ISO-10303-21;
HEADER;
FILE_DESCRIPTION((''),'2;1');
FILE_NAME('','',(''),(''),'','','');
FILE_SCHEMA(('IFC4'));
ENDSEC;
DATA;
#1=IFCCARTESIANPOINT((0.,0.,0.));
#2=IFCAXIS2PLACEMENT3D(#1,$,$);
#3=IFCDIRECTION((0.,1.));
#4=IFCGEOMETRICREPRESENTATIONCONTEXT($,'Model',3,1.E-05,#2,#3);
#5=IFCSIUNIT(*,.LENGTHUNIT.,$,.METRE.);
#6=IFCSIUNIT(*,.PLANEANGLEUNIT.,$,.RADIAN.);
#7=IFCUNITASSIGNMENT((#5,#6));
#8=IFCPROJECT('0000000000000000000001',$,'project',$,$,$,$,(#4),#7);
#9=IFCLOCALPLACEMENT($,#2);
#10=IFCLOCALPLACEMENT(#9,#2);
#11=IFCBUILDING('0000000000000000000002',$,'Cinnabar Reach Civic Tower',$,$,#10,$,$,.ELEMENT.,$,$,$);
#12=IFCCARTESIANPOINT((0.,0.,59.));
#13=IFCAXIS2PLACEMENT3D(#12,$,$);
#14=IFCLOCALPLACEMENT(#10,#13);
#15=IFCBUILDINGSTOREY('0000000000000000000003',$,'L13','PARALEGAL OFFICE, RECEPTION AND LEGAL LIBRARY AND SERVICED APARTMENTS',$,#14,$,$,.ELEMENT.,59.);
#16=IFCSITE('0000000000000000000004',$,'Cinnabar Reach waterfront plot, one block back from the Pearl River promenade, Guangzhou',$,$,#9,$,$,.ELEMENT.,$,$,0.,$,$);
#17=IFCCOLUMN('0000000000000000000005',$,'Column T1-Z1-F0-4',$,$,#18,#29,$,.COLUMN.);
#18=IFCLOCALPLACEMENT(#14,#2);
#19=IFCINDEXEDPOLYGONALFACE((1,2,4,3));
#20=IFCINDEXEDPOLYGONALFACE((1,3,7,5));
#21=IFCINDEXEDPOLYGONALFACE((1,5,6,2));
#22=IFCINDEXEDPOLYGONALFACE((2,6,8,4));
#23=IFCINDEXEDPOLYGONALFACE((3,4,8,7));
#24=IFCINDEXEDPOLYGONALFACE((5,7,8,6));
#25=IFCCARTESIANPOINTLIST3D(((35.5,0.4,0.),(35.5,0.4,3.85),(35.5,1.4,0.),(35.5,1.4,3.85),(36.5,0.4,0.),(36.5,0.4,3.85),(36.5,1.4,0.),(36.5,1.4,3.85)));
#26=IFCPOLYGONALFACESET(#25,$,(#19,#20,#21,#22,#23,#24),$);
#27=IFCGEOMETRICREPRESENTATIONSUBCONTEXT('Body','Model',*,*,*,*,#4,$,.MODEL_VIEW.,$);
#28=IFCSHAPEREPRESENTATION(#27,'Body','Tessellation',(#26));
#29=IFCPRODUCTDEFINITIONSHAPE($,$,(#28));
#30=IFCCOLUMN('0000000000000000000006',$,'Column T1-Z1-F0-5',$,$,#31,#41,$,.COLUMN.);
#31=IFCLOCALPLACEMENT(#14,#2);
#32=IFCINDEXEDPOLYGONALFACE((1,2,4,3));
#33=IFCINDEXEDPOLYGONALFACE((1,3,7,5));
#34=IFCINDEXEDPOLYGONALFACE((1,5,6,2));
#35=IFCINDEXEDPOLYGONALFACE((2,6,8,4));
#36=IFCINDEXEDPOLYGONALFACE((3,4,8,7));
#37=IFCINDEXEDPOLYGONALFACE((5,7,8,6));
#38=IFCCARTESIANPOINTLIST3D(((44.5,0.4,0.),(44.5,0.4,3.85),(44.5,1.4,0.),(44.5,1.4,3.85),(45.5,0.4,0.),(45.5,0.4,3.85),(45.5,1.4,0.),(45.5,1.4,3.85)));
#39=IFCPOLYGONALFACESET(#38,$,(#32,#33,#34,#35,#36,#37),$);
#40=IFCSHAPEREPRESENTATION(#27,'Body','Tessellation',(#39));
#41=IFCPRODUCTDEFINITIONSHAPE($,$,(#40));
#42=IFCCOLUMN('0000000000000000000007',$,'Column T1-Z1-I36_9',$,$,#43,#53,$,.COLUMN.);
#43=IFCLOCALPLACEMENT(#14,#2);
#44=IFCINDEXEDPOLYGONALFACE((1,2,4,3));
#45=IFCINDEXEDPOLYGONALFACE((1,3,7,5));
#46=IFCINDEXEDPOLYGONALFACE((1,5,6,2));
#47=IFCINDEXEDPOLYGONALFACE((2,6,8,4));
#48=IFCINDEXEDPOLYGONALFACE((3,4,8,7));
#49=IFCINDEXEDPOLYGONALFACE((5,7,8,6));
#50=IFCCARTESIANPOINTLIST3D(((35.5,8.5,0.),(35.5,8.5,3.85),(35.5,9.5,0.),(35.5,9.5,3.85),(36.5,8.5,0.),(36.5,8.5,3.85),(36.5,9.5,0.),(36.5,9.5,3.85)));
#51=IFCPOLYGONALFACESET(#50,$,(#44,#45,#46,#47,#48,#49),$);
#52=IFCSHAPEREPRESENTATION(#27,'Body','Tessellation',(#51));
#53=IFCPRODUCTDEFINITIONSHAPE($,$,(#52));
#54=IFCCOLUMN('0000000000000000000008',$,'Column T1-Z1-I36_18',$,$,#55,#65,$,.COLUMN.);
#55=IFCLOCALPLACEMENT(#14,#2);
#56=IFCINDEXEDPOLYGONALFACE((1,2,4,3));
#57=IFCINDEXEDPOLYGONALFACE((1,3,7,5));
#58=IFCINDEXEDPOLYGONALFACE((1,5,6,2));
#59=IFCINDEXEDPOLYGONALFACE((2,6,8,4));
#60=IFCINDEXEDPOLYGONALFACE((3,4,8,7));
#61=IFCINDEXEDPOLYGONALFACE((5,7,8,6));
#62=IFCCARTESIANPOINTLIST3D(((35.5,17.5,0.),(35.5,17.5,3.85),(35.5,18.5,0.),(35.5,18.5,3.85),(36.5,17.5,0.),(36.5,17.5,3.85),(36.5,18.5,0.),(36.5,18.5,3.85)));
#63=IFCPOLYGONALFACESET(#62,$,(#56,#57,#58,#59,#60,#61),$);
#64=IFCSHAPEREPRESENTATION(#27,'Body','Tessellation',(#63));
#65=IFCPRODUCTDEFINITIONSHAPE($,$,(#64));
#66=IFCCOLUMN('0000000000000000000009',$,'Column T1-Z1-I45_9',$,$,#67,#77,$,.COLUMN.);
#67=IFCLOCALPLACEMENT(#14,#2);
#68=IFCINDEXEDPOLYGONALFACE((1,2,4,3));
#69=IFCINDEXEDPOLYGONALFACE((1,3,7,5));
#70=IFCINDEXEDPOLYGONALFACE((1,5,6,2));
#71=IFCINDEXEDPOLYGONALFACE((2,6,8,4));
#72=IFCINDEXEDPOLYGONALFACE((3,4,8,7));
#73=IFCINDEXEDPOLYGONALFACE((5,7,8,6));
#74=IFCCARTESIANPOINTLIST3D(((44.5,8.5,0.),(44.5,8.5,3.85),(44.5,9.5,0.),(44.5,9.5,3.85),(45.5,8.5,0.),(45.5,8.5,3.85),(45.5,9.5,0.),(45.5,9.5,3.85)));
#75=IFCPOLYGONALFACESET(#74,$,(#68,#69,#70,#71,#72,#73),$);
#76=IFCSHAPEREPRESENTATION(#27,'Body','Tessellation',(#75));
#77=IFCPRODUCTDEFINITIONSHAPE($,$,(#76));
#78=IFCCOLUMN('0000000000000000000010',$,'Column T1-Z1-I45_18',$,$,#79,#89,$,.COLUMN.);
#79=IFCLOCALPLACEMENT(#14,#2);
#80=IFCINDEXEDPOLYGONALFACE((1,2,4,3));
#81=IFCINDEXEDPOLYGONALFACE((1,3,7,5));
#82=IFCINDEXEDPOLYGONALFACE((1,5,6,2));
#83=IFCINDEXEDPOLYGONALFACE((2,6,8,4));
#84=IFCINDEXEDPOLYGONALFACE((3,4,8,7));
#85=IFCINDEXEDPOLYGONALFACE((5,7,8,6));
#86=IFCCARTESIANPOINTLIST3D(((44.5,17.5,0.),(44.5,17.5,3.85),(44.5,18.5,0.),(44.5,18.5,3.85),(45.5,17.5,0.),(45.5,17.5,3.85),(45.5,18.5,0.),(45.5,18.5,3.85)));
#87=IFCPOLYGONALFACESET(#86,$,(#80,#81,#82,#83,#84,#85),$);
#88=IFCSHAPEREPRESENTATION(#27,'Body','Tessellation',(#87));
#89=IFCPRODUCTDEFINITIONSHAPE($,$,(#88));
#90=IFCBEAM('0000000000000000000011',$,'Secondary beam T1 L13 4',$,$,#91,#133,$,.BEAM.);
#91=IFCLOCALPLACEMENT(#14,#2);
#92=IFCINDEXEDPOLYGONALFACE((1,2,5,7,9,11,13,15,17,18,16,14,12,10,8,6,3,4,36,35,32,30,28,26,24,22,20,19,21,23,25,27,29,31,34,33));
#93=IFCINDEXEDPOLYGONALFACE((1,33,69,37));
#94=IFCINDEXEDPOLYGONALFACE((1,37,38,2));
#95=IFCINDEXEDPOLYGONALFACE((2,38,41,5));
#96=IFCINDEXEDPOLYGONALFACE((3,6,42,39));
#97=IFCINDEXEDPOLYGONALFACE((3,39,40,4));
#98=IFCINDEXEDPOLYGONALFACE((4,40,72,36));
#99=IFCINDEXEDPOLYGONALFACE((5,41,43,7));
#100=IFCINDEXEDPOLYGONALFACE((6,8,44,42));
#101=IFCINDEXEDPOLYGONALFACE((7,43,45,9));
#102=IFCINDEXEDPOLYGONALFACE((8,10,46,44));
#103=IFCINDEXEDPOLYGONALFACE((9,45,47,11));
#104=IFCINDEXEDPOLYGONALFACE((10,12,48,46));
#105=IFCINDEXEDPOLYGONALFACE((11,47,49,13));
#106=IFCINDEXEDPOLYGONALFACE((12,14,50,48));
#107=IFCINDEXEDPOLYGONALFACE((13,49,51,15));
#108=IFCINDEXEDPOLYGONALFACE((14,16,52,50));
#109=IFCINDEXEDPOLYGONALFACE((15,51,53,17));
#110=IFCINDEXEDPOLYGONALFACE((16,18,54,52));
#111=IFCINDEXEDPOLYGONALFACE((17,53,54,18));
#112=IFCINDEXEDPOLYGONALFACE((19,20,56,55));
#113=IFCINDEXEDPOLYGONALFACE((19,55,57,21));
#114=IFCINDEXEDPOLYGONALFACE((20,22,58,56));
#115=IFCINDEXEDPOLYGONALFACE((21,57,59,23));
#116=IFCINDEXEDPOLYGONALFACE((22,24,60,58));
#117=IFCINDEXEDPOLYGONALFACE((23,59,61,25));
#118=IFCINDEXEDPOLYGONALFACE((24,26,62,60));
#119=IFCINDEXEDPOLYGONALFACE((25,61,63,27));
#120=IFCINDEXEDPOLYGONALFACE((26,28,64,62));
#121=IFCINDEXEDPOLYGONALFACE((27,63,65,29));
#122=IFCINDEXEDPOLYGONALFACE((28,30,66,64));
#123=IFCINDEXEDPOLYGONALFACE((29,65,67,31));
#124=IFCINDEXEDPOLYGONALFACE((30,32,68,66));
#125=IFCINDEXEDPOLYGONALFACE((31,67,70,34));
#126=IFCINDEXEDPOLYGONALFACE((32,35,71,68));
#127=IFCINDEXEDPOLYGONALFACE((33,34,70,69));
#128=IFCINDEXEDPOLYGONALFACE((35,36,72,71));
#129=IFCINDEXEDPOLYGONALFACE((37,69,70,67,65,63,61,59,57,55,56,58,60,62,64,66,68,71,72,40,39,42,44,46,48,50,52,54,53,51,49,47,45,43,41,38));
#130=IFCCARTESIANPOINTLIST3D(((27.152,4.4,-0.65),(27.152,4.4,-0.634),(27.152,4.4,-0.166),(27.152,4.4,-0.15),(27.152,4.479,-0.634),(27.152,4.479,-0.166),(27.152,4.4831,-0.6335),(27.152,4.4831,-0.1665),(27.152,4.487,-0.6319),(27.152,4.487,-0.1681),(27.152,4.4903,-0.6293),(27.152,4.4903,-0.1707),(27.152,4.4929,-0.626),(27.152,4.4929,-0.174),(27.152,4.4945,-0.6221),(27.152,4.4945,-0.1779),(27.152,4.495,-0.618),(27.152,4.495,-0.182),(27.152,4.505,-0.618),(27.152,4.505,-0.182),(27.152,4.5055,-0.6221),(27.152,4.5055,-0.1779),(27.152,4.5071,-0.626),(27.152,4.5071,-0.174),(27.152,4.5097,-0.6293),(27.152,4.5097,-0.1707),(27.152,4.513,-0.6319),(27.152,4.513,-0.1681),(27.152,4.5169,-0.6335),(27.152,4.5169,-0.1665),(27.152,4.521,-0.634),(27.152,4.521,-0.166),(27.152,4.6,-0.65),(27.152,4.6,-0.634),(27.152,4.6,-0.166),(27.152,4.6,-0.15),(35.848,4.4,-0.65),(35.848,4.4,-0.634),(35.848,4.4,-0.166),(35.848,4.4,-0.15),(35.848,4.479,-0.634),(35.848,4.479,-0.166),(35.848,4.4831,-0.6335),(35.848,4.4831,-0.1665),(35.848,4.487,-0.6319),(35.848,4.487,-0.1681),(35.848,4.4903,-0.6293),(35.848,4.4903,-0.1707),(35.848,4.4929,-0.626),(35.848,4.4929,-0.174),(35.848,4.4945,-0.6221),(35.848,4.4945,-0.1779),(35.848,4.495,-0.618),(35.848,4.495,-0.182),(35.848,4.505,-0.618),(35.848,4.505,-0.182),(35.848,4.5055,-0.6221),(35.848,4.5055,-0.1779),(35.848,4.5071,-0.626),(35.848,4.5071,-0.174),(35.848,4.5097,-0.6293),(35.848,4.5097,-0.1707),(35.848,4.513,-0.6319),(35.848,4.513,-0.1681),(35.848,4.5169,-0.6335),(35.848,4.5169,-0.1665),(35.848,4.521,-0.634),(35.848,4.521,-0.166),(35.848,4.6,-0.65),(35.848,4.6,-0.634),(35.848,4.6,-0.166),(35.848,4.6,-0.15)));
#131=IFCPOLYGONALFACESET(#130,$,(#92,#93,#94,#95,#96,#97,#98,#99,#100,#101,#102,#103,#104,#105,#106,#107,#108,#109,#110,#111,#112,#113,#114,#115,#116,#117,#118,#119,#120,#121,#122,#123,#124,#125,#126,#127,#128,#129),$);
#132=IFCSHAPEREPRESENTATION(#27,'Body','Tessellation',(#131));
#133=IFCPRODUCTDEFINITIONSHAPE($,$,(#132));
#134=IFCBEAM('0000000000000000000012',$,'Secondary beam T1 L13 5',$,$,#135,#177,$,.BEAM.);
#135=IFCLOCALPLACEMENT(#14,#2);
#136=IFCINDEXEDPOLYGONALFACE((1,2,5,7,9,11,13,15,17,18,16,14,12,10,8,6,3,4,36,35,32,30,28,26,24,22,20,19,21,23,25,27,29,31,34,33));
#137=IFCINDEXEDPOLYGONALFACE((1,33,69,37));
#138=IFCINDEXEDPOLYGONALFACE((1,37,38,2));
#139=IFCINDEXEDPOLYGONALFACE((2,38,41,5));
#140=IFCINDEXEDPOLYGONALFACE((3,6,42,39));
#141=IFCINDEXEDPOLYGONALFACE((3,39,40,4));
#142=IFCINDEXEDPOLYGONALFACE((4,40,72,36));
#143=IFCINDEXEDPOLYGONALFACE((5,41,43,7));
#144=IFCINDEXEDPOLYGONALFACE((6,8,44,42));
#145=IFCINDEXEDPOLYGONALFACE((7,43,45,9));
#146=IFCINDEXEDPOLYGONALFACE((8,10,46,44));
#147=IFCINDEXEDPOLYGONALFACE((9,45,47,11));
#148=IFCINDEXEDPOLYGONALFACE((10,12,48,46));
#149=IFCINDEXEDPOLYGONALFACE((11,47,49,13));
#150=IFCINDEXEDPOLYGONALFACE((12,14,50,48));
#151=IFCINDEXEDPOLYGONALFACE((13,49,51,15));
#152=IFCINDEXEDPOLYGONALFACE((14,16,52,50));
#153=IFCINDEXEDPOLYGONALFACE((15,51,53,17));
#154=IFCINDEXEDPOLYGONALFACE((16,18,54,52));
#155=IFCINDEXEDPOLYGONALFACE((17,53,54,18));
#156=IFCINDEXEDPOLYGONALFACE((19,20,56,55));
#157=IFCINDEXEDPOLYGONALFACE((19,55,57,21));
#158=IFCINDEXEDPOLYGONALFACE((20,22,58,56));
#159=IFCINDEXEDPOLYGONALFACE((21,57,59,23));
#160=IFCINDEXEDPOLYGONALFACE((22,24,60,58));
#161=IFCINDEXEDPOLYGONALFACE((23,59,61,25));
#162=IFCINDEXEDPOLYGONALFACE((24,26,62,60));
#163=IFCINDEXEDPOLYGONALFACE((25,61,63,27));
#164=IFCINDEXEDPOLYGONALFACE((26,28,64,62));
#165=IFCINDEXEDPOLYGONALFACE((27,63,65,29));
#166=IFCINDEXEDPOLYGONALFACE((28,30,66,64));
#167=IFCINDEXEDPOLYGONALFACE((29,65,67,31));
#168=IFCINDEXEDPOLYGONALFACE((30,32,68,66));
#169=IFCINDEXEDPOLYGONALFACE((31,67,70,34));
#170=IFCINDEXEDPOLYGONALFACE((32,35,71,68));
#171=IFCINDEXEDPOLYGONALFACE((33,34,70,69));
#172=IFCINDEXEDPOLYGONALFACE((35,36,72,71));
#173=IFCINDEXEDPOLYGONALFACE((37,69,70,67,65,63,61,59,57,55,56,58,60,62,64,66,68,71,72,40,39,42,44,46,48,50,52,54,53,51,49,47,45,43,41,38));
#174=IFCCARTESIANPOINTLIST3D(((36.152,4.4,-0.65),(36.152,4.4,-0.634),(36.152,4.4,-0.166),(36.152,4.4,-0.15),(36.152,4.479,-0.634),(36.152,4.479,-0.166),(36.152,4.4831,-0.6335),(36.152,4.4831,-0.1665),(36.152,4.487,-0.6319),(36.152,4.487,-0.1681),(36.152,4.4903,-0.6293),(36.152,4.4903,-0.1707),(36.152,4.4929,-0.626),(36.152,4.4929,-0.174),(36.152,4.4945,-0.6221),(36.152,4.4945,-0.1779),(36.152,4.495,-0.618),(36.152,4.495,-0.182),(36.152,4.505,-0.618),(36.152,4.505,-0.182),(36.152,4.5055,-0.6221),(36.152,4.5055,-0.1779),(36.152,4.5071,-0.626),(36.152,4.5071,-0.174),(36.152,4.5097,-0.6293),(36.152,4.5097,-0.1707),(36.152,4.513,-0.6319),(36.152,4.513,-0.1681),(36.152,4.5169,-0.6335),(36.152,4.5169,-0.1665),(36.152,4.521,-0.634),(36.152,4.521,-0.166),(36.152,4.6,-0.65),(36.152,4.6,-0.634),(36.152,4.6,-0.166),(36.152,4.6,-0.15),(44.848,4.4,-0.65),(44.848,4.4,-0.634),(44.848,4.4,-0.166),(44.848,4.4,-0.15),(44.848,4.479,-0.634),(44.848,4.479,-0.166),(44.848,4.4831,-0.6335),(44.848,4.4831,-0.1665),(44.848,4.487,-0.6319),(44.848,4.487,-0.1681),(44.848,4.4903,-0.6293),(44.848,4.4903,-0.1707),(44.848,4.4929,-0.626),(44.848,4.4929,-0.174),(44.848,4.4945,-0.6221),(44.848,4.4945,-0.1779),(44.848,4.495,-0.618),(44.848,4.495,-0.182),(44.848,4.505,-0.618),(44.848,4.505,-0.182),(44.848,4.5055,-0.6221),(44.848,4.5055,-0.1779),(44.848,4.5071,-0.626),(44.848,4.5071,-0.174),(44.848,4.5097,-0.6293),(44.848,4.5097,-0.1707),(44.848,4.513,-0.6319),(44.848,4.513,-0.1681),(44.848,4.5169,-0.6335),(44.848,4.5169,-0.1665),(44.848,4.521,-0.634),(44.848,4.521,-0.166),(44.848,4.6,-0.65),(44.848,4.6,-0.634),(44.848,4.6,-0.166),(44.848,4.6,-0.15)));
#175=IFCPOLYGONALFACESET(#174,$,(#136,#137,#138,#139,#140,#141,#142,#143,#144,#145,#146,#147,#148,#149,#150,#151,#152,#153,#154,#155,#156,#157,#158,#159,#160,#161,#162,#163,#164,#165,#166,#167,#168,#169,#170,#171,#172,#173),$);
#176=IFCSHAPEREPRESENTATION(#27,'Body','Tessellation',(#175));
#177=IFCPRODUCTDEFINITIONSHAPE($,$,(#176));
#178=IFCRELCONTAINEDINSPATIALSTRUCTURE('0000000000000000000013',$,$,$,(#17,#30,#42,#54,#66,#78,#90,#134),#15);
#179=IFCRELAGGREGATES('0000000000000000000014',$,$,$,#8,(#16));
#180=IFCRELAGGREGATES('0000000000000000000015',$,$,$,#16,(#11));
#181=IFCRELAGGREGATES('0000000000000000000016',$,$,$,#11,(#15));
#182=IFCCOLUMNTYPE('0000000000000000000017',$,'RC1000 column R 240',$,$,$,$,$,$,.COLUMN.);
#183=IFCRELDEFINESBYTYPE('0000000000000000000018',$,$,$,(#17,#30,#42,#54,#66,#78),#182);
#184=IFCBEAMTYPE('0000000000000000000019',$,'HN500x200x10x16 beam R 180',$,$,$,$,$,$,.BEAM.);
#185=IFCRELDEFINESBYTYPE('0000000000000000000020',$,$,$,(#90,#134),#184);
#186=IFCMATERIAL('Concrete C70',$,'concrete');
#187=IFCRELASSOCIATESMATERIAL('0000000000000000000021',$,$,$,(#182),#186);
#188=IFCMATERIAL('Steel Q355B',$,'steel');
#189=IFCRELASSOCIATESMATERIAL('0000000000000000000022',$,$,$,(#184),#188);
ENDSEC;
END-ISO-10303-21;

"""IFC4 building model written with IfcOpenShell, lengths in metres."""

from ifc_helpers import new_model, si_unit, direction, frame, origin, origin_2d, place, context, subcontext, project, spatial, rectangle, i_section, extrude, material, material_profile, profile_set, type_object, element, save


model = new_model("IFC4")

# Units and contexts
model_context = context("Model", 3, precision=1e-05, world=origin(), true_north=direction((0.0, 1.0)))
body_context = subcontext(model_context, "Body", "Model", "MODEL_VIEW")
ifc_project = project(units=[si_unit("LENGTHUNIT", "METRE"), si_unit("PLANEANGLEUNIT", "RADIAN")], contexts=[model_context])

# Site, building, storey
site_placement = place(None, origin())
site = spatial("IfcSite", under=ifc_project, at=site_placement, Name="Cinnabar Reach waterfront plot, one block back from the Pearl River promenade, Guangzhou", CompositionType="ELEMENT", RefElevation=0.0)
building_placement = place(site_placement, origin())
building = spatial("IfcBuilding", under=site, at=building_placement, Name="Cinnabar Reach Civic Tower", CompositionType="ELEMENT")
storey_placement = place(building_placement, frame((0.0, 0.0, 59.0)))
storey = spatial("IfcBuildingStorey", under=building, at=storey_placement, Name="L13", Description="PARALEGAL OFFICE, RECEPTION AND LEGAL LIBRARY AND SERVICED APARTMENTS", CompositionType="ELEMENT", Elevation=59.0)

# Columns
ifc_material_1 = material(Name="Concrete C70", Category="concrete")
ifc_material_profile_1 = material_profile(ifc_material_1, rectangle(XDim=1.0, YDim=1.0, at=origin_2d()), Name="RC1000")
ifc_profile_set_1 = profile_set([ifc_material_profile_1], Name="Concrete C70")
column_type = type_object("IfcColumnType", Name="RC1000 column R 240", PredefinedType="COLUMN", material=ifc_profile_set_1)
for number, where, z_axis, x_axis, name in (
    (1, (36.0, 0.9, 0.0), (0.0, 0.0, 1.0), (1.0, 0.0, 0.0), "Column T1-Z1-F0-4"),
    (2, (45.0, 0.9, 0.0), (0.0, 0.0, 1.0), (1.0, 0.0, 0.0), "Column T1-Z1-F0-5"),
    (3, (36.0, 9.0, 0.0), (0.0, 0.0, 1.0), (1.0, 0.0, 0.0), "Column T1-Z1-I36_9"),
    (4, (36.0, 18.0, 0.0), (0.0, 0.0, 1.0), (1.0, 0.0, 0.0), "Column T1-Z1-I36_18"),
    (5, (45.0, 9.0, 0.0), (0.0, 0.0, 1.0), (1.0, 0.0, 0.0), "Column T1-Z1-I45_9"),
    (6, (45.0, 18.0, 0.0), (0.0, 0.0, 1.0), (1.0, 0.0, 0.0), "Column T1-Z1-I45_18"),
):
    element("IfcColumn", number, at=place(storey_placement, frame(where, z_axis=z_axis, x_axis=x_axis)), inside=storey, type_object=column_type, Name=name, PredefinedType="COLUMN", context=body_context, shape_type="SweptSolid", body=[
        extrude(rectangle(XDim=1.0, YDim=1.0, at=origin_2d()), origin(), (0.0, 0.0, 1.0), 3.85),
    ])

# Beams
ifc_material_2 = material(Name="Steel Q355B", Category="steel")
ifc_material_profile_2 = material_profile(ifc_material_2, i_section(OverallWidth=0.2, OverallDepth=0.5, WebThickness=0.01, FlangeThickness=0.016, FilletRadius=0.016, at=origin_2d()), Name="HN500x200x10x16")
ifc_profile_set_2 = profile_set([ifc_material_profile_2], Name="Steel Q355B")
beam_type_1 = type_object("IfcBeamType", Name="HN500x200x10x16 beam R 180", PredefinedType="BEAM", material=ifc_profile_set_2)
for number, where, z_axis, x_axis, name in (
    (7, (27.152, 4.5, -0.4), (1.0, 0.0, 0.0), (0.0, 1.0, 0.0), "Secondary beam T1 L13 4"),
    (8, (36.152, 4.5, -0.4), (1.0, 0.0, 0.0), (0.0, 1.0, 0.0), "Secondary beam T1 L13 5"),
):
    element("IfcBeam", number, at=place(storey_placement, frame(where, z_axis=z_axis, x_axis=x_axis)), inside=storey, type_object=beam_type_1, Name=name, PredefinedType="BEAM", context=body_context, shape_type="SweptSolid", body=[
        extrude(i_section(OverallWidth=0.2, OverallDepth=0.5, WebThickness=0.01, FlangeThickness=0.016, FilletRadius=0.016, at=origin_2d()), origin(), (0.0, 0.0, 1.0), 8.696),
    ])

save(model, "model.ifc")
